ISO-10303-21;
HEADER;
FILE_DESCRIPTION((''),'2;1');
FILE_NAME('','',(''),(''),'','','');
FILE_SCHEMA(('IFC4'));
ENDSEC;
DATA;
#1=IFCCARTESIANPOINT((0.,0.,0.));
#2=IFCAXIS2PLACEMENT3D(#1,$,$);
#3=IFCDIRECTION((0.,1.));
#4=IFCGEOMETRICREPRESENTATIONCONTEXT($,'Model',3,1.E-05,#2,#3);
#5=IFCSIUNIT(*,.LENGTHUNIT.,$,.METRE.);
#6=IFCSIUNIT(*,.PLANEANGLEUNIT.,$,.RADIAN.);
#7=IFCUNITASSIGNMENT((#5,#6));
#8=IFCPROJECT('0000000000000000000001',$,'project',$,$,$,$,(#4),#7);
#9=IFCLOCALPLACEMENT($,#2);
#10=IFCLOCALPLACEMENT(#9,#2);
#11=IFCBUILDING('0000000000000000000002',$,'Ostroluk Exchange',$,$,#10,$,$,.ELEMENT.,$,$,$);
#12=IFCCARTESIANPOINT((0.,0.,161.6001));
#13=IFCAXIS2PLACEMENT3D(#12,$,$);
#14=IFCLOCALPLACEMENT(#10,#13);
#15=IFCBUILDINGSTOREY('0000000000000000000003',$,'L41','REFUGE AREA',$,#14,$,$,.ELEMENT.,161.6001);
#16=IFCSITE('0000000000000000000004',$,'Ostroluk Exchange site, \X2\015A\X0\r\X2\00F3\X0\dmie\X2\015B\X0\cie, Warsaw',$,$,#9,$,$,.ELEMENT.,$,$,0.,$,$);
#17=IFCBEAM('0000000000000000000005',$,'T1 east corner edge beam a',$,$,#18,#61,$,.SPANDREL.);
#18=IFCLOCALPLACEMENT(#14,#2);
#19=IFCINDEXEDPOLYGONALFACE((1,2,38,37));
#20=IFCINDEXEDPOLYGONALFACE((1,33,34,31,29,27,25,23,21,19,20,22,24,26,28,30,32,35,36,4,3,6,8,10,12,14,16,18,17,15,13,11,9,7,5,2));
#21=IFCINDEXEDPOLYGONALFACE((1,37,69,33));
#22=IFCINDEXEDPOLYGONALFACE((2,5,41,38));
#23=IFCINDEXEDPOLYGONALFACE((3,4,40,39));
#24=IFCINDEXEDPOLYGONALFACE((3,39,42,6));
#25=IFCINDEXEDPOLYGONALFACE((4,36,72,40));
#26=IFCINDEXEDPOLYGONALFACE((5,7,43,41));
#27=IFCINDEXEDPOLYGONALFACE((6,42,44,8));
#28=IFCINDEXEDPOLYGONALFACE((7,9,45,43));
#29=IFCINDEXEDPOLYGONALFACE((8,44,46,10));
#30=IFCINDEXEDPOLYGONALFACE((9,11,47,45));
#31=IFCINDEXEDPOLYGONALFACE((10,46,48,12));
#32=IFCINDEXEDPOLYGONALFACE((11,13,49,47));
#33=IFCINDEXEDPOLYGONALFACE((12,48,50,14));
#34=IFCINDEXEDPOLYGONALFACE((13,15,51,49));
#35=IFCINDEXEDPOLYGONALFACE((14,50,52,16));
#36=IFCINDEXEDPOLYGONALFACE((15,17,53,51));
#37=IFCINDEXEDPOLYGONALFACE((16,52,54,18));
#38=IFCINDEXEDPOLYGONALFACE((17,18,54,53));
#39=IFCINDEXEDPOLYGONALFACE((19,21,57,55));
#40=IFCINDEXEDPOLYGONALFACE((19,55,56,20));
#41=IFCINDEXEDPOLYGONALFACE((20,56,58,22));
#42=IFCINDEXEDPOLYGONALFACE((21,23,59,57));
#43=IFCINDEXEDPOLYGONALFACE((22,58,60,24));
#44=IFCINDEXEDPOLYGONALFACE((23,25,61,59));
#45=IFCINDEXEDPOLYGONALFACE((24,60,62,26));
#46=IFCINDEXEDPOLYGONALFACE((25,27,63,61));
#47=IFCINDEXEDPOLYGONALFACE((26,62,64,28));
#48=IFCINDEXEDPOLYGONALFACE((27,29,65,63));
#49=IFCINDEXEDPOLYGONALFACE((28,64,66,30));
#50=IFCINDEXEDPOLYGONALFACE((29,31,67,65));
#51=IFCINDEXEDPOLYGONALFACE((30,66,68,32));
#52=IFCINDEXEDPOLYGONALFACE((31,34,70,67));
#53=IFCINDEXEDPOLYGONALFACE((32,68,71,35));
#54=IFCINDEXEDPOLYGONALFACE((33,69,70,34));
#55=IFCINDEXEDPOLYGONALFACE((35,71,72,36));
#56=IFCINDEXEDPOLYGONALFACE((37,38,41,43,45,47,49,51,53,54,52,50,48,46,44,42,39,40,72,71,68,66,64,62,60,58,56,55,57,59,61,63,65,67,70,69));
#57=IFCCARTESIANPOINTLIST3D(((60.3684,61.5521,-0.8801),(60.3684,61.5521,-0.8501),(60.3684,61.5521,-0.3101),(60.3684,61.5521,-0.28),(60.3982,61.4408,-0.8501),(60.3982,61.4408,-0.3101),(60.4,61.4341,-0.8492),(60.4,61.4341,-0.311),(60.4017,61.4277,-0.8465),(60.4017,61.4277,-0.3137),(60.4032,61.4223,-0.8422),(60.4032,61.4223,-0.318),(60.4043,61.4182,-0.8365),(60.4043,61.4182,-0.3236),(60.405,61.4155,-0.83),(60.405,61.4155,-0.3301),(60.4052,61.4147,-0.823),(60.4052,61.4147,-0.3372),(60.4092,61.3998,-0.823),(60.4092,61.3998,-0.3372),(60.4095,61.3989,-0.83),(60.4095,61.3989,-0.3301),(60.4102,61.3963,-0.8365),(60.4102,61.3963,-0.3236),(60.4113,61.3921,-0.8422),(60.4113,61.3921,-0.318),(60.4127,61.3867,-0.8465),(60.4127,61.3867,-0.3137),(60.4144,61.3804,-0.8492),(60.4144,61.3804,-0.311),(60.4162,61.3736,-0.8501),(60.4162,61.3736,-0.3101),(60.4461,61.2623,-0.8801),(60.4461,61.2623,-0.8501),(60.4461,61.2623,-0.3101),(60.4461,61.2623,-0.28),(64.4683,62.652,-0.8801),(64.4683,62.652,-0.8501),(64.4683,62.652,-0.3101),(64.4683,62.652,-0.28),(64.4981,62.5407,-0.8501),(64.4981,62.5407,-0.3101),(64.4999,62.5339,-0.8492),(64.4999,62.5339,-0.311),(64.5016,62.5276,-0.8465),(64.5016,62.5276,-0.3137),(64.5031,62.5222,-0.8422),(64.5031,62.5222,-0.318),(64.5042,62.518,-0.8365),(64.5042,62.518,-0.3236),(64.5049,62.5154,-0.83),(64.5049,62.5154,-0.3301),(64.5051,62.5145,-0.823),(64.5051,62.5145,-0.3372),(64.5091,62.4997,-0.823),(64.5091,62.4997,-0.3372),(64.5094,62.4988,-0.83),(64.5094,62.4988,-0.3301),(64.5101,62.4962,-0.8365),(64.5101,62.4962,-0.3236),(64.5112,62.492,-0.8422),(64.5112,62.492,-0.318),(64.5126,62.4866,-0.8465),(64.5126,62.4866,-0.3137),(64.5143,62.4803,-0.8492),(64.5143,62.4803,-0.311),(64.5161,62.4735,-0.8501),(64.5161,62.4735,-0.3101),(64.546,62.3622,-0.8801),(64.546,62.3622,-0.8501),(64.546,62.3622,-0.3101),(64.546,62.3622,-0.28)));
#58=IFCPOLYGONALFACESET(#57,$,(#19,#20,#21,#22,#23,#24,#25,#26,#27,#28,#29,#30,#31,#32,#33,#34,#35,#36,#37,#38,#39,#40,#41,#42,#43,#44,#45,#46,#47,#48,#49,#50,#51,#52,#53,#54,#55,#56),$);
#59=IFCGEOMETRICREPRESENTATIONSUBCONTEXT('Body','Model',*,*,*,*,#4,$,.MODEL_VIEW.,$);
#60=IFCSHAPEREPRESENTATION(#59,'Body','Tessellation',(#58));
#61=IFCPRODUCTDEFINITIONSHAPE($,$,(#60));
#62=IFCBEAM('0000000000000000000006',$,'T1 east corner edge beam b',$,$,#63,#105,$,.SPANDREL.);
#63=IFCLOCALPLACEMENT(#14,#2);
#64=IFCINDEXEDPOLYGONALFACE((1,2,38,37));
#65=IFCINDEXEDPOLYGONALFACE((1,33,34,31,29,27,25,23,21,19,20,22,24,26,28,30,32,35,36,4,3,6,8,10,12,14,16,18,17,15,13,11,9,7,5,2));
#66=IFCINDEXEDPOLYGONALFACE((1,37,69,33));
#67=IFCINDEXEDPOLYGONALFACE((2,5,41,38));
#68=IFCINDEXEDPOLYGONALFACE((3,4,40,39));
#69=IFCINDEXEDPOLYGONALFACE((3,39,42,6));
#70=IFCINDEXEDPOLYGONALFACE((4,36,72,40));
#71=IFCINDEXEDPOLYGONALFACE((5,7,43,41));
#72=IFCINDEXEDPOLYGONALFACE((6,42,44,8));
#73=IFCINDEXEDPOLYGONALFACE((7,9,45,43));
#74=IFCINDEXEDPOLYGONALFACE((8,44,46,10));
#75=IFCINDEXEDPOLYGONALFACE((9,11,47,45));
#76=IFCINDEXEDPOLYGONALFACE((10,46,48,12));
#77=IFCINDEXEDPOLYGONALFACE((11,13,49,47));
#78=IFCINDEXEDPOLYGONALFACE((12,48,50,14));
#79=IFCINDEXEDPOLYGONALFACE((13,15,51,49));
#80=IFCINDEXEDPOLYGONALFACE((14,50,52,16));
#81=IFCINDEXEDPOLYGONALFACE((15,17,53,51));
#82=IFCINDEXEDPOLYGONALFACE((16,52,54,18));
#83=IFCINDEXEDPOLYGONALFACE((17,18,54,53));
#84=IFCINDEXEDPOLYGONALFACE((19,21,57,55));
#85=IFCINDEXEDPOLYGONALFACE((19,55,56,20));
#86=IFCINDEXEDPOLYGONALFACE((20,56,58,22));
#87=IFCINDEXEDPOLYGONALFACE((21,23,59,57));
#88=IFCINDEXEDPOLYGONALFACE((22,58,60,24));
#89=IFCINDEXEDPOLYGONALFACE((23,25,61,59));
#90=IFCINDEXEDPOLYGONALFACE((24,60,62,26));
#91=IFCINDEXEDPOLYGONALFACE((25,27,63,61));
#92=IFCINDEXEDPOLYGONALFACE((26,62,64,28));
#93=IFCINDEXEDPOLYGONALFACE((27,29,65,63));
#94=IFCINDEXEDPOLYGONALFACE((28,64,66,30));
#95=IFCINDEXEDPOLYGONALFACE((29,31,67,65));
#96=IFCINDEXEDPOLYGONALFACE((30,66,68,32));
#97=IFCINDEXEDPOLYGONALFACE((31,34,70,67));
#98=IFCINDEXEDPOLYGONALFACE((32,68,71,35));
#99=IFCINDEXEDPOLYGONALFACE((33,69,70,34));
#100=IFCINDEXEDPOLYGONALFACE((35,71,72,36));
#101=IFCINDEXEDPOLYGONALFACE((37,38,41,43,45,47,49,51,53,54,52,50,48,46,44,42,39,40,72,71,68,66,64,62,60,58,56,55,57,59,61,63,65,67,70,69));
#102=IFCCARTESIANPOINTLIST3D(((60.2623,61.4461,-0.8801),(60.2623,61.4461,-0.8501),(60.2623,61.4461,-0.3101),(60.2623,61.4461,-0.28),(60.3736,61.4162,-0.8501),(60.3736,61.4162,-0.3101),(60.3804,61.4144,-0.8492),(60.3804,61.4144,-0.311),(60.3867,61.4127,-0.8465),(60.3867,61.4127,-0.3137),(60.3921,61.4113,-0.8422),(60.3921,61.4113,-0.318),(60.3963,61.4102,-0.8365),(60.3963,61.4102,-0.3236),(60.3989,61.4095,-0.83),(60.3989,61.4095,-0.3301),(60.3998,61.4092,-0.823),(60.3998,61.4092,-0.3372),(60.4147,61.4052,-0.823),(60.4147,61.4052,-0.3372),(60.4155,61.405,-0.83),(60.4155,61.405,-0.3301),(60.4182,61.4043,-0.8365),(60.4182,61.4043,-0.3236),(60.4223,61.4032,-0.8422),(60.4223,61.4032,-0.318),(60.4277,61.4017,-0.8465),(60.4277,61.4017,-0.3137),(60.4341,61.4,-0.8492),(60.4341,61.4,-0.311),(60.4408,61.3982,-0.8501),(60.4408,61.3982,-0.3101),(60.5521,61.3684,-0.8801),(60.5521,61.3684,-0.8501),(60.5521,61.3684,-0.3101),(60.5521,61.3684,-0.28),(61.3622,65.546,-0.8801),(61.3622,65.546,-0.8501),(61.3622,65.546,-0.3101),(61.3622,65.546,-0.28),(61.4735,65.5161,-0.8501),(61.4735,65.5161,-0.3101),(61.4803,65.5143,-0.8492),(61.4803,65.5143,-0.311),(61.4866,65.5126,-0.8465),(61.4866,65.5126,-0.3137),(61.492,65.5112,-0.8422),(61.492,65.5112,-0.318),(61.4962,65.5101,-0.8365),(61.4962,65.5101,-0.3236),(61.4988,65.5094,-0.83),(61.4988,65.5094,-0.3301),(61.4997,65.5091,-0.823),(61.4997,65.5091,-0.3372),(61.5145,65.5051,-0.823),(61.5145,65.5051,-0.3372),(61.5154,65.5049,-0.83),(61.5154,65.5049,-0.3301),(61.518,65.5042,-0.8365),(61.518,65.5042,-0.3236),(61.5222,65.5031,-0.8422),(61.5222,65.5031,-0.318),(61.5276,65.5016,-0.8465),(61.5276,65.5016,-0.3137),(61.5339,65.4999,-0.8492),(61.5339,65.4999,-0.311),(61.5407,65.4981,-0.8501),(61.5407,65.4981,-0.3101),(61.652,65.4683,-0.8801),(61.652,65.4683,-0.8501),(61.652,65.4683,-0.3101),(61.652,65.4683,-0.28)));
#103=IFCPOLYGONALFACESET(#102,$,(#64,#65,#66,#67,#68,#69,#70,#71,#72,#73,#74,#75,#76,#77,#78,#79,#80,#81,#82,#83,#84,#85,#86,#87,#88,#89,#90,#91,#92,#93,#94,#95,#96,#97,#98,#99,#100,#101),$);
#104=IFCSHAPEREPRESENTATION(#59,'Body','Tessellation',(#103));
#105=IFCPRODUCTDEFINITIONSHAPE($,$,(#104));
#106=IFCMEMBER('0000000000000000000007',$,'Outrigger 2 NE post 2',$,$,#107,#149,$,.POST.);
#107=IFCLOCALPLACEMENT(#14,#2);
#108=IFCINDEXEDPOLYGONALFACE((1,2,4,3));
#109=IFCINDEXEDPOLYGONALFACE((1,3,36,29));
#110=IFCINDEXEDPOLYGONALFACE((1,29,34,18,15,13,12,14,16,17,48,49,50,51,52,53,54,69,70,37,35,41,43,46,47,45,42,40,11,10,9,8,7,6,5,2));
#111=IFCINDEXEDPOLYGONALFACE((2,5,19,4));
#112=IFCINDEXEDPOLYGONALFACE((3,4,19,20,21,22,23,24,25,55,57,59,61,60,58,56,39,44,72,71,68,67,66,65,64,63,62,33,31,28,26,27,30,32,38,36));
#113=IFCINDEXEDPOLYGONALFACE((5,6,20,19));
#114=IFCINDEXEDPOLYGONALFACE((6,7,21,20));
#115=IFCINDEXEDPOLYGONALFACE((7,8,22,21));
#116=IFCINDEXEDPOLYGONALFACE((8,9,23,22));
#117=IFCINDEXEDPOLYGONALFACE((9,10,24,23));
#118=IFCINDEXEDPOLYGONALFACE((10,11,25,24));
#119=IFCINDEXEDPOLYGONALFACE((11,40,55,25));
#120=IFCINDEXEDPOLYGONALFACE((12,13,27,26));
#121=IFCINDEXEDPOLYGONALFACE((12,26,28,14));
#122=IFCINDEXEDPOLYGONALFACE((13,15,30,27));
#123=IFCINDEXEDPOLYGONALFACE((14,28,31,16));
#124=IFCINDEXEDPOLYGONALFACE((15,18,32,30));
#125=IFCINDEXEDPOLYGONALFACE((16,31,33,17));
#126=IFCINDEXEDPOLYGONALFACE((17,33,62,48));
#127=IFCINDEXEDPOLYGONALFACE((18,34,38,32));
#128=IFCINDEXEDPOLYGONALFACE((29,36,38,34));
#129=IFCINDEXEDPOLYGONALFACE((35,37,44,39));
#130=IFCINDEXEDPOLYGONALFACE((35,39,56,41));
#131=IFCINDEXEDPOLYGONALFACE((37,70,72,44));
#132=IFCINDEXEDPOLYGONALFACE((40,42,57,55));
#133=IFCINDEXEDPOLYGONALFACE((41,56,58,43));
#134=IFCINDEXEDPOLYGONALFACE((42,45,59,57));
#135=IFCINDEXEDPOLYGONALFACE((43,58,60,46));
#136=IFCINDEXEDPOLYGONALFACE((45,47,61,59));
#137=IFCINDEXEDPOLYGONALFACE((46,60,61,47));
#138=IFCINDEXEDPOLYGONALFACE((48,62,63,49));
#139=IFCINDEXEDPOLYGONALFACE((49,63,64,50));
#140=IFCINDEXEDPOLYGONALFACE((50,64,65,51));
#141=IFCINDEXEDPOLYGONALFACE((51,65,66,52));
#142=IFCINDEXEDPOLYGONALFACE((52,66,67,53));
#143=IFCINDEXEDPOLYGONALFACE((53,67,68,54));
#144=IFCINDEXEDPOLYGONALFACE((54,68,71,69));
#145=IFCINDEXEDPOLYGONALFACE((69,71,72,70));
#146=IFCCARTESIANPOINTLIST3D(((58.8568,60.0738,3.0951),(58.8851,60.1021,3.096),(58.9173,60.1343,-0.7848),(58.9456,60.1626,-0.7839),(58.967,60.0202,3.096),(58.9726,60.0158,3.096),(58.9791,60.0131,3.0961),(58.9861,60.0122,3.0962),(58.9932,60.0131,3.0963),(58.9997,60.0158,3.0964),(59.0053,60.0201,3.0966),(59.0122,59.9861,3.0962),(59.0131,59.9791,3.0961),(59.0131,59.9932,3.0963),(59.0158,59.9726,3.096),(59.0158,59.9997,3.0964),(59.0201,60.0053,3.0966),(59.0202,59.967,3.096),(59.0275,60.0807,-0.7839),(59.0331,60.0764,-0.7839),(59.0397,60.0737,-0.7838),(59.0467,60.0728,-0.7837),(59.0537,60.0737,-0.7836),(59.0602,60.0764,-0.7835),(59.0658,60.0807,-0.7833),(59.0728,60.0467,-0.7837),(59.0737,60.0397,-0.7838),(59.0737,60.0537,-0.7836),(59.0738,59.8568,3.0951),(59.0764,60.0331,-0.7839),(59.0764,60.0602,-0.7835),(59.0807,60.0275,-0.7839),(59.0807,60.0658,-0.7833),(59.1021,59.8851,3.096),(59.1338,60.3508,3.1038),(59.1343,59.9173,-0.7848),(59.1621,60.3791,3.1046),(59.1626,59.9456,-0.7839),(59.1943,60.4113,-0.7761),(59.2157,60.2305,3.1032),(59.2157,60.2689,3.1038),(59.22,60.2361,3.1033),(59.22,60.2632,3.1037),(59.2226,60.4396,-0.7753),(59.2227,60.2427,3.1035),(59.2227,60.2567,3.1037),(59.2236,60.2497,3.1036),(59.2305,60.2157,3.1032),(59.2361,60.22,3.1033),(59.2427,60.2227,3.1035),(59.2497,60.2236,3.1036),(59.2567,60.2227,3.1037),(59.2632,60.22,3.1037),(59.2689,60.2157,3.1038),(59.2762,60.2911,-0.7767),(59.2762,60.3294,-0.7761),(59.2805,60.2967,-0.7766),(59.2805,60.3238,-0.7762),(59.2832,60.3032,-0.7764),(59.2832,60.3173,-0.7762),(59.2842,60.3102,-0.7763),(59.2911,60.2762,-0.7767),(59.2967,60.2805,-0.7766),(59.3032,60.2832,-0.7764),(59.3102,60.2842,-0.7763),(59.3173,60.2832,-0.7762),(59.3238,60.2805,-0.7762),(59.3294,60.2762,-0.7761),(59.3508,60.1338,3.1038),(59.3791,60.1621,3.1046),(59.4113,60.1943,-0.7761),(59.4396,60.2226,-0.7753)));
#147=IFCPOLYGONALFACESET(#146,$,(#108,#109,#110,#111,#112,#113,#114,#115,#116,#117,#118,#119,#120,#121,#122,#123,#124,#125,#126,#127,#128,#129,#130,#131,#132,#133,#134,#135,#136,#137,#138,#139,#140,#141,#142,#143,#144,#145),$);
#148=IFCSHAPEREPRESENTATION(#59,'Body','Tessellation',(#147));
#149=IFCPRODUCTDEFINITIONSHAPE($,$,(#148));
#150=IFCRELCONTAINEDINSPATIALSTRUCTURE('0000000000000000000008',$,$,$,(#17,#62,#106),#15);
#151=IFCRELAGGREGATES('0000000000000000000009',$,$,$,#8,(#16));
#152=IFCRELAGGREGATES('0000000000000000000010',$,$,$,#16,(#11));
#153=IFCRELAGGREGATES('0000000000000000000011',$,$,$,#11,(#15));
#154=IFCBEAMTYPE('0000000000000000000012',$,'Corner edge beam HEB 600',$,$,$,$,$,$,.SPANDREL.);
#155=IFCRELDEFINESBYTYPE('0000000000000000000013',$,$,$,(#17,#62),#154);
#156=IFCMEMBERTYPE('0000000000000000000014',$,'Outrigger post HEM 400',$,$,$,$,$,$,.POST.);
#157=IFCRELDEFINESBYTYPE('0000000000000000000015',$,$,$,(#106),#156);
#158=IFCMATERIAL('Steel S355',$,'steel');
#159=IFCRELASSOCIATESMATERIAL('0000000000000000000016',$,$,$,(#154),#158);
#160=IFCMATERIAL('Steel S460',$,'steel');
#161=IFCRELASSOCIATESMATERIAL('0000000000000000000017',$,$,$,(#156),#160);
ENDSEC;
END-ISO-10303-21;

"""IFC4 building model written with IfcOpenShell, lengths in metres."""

from ifc_helpers import new_model, si_unit, direction, frame, origin, origin_2d, place, context, subcontext, project, spatial, i_section, extrude, material, material_profile, profile_set, type_object, element, save


model = new_model("IFC4")

# Units and contexts
model_context = context("Model", 3, precision=1e-05, world=origin(), true_north=direction((0.0, 1.0)))
body_context = subcontext(model_context, "Body", "Model", "MODEL_VIEW")
ifc_project = project(units=[si_unit("LENGTHUNIT", "METRE"), si_unit("PLANEANGLEUNIT", "RADIAN")], contexts=[model_context])

# Site, building, storey
site_placement = place(None, origin())
site = spatial("IfcSite", under=ifc_project, at=site_placement, Name="Ostroluk Exchange site, Śródmieście, Warsaw", CompositionType="ELEMENT", RefElevation=0.0)
building_placement = place(site_placement, origin())
building = spatial("IfcBuilding", under=site, at=building_placement, Name="Ostroluk Exchange", CompositionType="ELEMENT")
storey_placement = place(building_placement, frame((0.0, 0.0, 161.6001)))
storey = spatial("IfcBuildingStorey", under=building, at=storey_placement, Name="L41", Description="REFUGE AREA", CompositionType="ELEMENT", Elevation=161.6001)

# Beams
ifc_material_1 = material(Name="Steel S355", Category="steel")
ifc_material_profile_1 = material_profile(ifc_material_1, i_section(OverallWidth=0.3, OverallDepth=0.6001, WebThickness=0.0154, FlangeThickness=0.03, FilletRadius=0.0271, at=origin_2d()), Name="HEB 600")
ifc_profile_set_1 = profile_set([ifc_material_profile_1], Name="Steel S355")
beam_type = type_object("IfcBeamType", Name="Corner edge beam HEB 600", PredefinedType="SPANDREL", material=ifc_profile_set_1)
for number, where, z_axis, x_axis, name in (
    (1, (60.4072, 61.4072, -0.5801), (0.965849, 0.259105, 0.0), (-0.259105, 0.965849, 0.0), "T1 east corner edge beam a"),
    (2, (60.4072, 61.4072, -0.5801), (0.259105, 0.965849, 0.0), (-0.965849, 0.259105, 0.0), "T1 east corner edge beam b"),
):
    element("IfcBeam", number, at=place(storey_placement, frame(where, z_axis=z_axis, x_axis=x_axis)), inside=storey, type_object=beam_type, Name=name, PredefinedType="SPANDREL", context=body_context, shape_type="SweptSolid", body=[
        extrude(i_section(OverallWidth=0.3, OverallDepth=0.6001, WebThickness=0.0154, FlangeThickness=0.03, FilletRadius=0.0271, at=origin_2d()), origin(), (0.0, 0.0, 1.0), 4.2449),
    ])

# Member
ifc_material_2 = material(Name="Steel S460", Category="steel")
ifc_material_profile_2 = material_profile(ifc_material_2, i_section(OverallWidth=0.3069, OverallDepth=0.4319, WebThickness=0.021, FlangeThickness=0.04, FilletRadius=0.0271, at=origin_2d()), Name="HEM 400")
ifc_profile_set_2 = profile_set([ifc_material_profile_2], Name="Steel S460")
member_type_1 = type_object("IfcMemberType", Name="Outrigger post HEM 400", PredefinedType="POST", material=ifc_profile_set_2)
member_1_placement = place(storey_placement, frame((59.1785, 60.1785, -0.78), z_axis=(-0.015602, -0.015602, 0.999757), x_axis=(0.707107, -0.707107, 0.0)))
element("IfcMember", 3, at=member_1_placement, inside=storey, type_object=member_type_1, Name="Outrigger 2 NE post 2", PredefinedType="POST", context=body_context, shape_type="SweptSolid", body=[
    extrude(i_section(OverallWidth=0.3069, OverallDepth=0.4319, WebThickness=0.021, FlangeThickness=0.04, FilletRadius=0.0271, at=origin_2d()), origin(), (0.0, 0.0, 1.0), 3.8809),
])

save(model, "model.ifc")
